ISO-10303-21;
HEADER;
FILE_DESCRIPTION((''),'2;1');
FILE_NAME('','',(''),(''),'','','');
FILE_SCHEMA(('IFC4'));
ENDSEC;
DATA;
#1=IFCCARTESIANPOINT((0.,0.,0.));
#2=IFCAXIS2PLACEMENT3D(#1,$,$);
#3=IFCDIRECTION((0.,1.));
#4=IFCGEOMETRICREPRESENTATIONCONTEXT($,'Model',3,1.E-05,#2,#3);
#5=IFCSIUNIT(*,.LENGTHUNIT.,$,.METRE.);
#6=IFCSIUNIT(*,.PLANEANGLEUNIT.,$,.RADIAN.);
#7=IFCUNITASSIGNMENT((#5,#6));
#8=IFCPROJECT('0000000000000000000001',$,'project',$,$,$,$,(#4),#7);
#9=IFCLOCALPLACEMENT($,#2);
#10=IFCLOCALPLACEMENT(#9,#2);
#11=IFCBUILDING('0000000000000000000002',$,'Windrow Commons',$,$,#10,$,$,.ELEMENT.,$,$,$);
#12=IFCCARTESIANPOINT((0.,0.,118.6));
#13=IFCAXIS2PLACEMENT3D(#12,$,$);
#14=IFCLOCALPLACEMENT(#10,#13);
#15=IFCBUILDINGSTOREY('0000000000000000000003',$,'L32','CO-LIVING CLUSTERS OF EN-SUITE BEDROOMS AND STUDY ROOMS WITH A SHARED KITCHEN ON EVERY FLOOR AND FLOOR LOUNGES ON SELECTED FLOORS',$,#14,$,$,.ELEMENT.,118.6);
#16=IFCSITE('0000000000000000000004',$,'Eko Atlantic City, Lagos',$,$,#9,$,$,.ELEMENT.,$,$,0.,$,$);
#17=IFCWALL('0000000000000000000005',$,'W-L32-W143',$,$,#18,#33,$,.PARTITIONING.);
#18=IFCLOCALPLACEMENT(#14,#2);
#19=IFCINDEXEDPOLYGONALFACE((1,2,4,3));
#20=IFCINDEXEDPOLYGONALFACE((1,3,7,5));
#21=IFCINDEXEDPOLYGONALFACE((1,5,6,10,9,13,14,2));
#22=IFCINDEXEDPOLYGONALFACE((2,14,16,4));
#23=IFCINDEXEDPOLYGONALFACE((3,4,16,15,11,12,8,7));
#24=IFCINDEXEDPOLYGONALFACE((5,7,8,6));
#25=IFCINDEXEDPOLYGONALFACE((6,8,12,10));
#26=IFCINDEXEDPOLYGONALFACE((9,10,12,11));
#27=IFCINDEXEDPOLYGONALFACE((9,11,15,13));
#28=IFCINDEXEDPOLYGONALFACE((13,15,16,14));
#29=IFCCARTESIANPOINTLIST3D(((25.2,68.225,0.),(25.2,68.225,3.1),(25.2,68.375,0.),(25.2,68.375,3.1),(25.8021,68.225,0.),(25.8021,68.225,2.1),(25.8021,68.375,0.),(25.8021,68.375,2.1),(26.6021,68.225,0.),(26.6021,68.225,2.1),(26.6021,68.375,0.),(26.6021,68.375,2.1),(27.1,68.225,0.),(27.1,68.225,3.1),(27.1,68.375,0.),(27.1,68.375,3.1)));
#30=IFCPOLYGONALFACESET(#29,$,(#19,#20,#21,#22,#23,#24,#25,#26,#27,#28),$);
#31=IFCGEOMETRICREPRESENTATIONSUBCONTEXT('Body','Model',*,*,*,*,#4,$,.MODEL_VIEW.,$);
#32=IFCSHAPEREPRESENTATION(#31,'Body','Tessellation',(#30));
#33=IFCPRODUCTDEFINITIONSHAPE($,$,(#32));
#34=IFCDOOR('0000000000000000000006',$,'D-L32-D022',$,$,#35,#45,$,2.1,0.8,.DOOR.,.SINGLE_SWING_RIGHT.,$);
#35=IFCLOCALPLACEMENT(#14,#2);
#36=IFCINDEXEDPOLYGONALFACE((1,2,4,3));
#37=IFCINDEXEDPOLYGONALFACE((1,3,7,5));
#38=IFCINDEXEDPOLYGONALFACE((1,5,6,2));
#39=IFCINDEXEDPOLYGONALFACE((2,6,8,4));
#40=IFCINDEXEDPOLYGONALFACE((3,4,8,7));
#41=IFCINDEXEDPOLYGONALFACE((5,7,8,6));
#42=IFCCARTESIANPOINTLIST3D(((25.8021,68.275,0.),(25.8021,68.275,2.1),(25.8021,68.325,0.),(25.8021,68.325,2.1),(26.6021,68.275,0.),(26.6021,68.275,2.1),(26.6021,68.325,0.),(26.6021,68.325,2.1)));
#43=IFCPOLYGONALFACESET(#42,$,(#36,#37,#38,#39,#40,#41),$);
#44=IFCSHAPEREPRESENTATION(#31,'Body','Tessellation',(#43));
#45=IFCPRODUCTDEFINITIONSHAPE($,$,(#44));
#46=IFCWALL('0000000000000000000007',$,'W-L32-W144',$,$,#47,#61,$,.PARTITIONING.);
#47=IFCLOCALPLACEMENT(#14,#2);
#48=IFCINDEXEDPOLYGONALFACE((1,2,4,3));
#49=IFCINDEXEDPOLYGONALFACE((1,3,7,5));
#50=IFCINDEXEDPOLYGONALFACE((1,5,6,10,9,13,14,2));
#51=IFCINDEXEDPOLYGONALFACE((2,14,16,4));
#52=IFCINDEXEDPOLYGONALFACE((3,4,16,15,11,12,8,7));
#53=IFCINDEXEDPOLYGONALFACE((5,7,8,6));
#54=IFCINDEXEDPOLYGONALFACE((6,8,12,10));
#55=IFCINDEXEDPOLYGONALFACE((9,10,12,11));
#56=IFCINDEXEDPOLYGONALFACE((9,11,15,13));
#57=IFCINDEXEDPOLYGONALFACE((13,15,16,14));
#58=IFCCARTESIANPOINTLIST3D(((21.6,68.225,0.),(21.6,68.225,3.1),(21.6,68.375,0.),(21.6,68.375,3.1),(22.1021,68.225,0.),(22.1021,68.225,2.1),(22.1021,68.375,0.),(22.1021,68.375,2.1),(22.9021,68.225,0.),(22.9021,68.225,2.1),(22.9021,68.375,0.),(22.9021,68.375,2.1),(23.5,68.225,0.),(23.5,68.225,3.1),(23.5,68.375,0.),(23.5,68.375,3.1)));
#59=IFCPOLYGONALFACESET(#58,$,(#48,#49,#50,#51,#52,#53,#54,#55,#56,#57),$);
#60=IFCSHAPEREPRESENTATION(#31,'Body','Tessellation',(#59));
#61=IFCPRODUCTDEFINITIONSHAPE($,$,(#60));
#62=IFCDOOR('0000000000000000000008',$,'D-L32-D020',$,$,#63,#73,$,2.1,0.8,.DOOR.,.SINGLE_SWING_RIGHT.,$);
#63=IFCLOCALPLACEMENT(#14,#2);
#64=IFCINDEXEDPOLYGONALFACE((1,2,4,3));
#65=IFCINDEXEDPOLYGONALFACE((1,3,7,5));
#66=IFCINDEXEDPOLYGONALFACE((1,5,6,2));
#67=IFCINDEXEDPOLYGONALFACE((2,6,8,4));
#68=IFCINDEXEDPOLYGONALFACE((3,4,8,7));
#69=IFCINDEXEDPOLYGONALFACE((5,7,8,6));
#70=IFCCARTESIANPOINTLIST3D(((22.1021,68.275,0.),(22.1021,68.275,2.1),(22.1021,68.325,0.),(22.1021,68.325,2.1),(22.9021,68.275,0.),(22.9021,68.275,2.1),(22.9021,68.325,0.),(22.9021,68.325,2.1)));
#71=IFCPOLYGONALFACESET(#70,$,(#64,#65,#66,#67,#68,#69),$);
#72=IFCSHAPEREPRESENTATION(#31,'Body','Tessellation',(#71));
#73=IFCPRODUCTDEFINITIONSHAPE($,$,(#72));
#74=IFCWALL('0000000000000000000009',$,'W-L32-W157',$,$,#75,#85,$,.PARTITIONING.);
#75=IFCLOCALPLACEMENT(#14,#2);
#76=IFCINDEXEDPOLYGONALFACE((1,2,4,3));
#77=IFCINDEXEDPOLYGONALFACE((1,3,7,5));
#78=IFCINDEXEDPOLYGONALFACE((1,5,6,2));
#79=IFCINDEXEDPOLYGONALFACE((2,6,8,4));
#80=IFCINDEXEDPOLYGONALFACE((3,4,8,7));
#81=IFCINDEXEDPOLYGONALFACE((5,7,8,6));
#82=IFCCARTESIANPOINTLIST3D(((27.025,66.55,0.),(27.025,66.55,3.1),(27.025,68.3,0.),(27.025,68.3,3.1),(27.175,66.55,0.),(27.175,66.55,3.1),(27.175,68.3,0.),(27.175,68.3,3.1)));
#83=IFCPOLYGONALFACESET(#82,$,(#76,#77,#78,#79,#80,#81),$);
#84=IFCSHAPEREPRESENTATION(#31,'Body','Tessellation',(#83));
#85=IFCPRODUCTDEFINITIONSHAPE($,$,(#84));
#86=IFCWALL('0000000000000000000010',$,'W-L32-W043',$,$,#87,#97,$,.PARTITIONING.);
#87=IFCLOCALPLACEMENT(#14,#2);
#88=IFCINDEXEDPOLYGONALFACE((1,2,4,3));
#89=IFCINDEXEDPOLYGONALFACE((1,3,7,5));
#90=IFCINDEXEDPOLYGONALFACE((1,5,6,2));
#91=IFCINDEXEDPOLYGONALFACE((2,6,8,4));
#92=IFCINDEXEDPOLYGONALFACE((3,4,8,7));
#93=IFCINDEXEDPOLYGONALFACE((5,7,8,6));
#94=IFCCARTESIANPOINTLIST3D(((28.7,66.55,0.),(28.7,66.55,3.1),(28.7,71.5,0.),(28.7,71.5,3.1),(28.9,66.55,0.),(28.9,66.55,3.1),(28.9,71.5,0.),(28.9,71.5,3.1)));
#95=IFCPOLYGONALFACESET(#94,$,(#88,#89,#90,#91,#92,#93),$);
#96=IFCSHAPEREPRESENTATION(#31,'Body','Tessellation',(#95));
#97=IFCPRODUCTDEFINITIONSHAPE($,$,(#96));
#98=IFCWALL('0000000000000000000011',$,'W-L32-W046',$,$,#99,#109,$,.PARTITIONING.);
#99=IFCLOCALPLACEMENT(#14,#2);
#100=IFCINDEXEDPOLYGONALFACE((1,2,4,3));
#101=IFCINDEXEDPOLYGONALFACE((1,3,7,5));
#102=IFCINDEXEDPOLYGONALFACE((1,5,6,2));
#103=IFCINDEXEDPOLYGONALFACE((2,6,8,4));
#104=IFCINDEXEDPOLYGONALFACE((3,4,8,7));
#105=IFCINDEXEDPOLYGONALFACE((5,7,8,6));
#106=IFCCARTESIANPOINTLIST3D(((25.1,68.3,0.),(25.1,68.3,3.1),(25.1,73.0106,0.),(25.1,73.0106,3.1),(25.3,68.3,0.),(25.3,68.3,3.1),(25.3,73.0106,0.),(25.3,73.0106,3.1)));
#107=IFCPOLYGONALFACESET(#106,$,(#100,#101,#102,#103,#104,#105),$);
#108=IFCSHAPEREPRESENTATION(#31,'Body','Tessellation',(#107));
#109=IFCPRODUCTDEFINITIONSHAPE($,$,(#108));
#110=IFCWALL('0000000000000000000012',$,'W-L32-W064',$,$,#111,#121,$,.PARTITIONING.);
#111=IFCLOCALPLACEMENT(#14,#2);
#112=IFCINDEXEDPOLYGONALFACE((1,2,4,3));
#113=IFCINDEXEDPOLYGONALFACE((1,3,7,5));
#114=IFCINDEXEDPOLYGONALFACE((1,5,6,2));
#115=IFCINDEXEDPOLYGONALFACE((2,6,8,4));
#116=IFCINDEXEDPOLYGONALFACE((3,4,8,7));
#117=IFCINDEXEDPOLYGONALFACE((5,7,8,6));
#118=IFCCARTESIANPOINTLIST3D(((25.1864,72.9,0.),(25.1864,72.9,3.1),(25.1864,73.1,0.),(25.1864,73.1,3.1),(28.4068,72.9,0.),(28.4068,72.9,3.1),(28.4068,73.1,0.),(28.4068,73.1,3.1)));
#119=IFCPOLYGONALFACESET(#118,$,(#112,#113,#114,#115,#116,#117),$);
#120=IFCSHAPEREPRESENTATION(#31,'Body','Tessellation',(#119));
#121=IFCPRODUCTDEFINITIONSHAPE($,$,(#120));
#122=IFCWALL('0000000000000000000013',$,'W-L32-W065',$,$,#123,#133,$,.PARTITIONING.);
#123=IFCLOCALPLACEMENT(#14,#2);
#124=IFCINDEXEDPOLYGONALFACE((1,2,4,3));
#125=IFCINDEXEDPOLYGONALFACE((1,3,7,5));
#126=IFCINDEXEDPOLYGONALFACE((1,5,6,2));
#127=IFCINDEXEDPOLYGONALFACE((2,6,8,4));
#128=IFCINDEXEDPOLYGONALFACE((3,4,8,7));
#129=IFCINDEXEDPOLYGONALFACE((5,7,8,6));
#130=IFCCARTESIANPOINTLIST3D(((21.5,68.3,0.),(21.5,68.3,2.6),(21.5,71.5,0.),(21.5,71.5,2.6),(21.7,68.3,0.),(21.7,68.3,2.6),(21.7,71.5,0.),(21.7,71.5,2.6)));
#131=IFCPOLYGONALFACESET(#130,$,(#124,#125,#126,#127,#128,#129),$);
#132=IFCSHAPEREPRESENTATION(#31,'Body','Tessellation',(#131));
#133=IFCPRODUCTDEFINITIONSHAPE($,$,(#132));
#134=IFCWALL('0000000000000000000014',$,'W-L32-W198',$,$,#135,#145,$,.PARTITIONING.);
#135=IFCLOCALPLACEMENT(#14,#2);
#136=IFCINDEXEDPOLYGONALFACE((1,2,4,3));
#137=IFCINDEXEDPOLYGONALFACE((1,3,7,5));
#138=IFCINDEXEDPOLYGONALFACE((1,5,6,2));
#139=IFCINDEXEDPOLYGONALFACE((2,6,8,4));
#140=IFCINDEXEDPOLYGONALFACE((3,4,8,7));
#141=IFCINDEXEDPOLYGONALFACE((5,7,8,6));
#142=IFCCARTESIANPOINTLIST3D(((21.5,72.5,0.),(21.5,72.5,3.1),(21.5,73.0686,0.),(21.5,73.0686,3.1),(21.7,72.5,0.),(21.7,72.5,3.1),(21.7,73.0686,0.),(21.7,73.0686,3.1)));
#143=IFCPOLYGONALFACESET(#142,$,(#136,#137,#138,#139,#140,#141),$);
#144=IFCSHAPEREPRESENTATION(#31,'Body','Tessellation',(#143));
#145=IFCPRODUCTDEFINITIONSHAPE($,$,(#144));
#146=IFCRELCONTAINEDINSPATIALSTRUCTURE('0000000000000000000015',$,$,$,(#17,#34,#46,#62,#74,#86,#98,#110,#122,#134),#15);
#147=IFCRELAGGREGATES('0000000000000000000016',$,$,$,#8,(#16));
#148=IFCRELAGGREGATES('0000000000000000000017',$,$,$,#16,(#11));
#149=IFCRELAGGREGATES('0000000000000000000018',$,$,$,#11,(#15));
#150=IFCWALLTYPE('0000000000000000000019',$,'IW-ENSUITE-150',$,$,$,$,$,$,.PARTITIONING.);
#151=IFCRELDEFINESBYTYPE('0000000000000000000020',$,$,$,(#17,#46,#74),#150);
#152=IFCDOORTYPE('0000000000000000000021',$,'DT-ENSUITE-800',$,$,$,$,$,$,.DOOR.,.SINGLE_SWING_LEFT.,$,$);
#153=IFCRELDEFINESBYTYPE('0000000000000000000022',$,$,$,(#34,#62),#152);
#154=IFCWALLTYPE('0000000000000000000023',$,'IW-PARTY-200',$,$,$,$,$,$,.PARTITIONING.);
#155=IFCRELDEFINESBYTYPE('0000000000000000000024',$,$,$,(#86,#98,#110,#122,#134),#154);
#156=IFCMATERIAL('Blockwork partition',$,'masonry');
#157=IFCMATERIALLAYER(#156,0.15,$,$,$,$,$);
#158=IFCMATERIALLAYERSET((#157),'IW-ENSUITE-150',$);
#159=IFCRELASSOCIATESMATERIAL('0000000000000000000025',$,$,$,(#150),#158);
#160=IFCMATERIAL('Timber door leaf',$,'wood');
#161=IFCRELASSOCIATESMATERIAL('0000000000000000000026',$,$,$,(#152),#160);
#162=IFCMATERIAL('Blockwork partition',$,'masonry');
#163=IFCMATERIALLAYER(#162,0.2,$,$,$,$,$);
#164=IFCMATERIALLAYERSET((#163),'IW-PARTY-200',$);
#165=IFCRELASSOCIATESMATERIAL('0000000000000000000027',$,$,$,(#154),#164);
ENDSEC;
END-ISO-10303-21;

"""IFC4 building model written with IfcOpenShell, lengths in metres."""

from ifc_helpers import new_model, si_unit, direction, frame, frame_2d, origin, place, context, subcontext, project, spatial, rectangle, extrude, material, layer, layer_set, type_object, element, fill, save


model = new_model("IFC4")

# Units and contexts
model_context = context("Model", 3, precision=1e-05, world=origin(), true_north=direction((0.0, 1.0)))
body_context = subcontext(model_context, "Body", "Model", "MODEL_VIEW")
ifc_project = project(units=[si_unit("LENGTHUNIT", "METRE"), si_unit("PLANEANGLEUNIT", "RADIAN")], contexts=[model_context])

# Site, building, storey
site_placement = place(None, origin())
site = spatial("IfcSite", under=ifc_project, at=site_placement, Name="Eko Atlantic City, Lagos", CompositionType="ELEMENT", RefElevation=0.0)
building_placement = place(site_placement, origin())
building = spatial("IfcBuilding", under=site, at=building_placement, Name="Windrow Commons", CompositionType="ELEMENT")
storey_placement = place(building_placement, frame((0.0, 0.0, 118.6)))
storey = spatial("IfcBuildingStorey", under=building, at=storey_placement, Name="L32", Description="CO-LIVING CLUSTERS OF EN-SUITE BEDROOMS AND STUDY ROOMS WITH A SHARED KITCHEN ON EVERY FLOOR AND FLOOR LOUNGES ON SELECTED FLOORS", CompositionType="ELEMENT", Elevation=118.6)

# Walls, openings, doors
ifc_material_1 = material(Name="Blockwork partition", Category="masonry")
ifc_layer_1 = layer(ifc_material_1, 0.15)
ifc_layer_set_1 = layer_set([ifc_layer_1], Name="IW-ENSUITE-150")
wall_type_1 = type_object("IfcWallType", Name="IW-ENSUITE-150", PredefinedType="PARTITIONING", material=ifc_layer_set_1)
wall_1_placement = place(storey_placement, frame((25.2, 68.3, 0.0), z_axis=(0.0, 0.0, 1.0), x_axis=(1.0, 0.0, 0.0)))
wall_1 = element("IfcWall", 1, at=wall_1_placement, inside=storey, type_object=wall_type_1, Name="W-L32-W143", PredefinedType="PARTITIONING", context=body_context, shape_type="SweptSolid", body=[
    extrude(rectangle(XDim=1.9, YDim=0.15, at=frame_2d((0.95, 0.0))), origin(), (0.0, 0.0, 1.0), 3.1),
])
opening_1_placement = place(wall_1_placement, frame((0.6021, 0.0, 0.0)))
opening_1 = element("IfcOpeningElement", 2, at=opening_1_placement, cuts=wall_1, PredefinedType="OPENING", context=body_context, shape_type="SweptSolid", body=[
    extrude(rectangle(XDim=0.8, YDim=2.1, at=frame_2d((0.4, 1.05))), frame((0.0, 0.085, 0.0), z_axis=(0.0, -1.0, 0.0), x_axis=(1.0, 0.0, 0.0)), (0.0, 0.0, 1.0), 0.17),
])
ifc_material_2 = material(Name="Timber door leaf", Category="wood")
door_type_1 = type_object("IfcDoorType", Name="DT-ENSUITE-800", OperationType="SINGLE_SWING_LEFT", PredefinedType="DOOR", material=ifc_material_2)
door_1_placement = place(opening_1_placement, origin())
door_1 = element("IfcDoor", 3, at=door_1_placement, inside=storey, type_object=door_type_1, Name="D-L32-D022", OperationType="SINGLE_SWING_RIGHT", OverallHeight=2.1, OverallWidth=0.8, PredefinedType="DOOR", context=body_context, shape_type="SweptSolid", body=[
    extrude(rectangle(XDim=0.8, YDim=2.1, at=frame_2d((0.4, 1.05))), frame((0.0, 0.025, 0.0), z_axis=(0.0, -1.0, 0.0), x_axis=(1.0, 0.0, 0.0)), (0.0, 0.0, 1.0), 0.05),
])
fill(opening_1, door_1)
wall_2_placement = place(storey_placement, frame((21.6, 68.3, 0.0), z_axis=(0.0, 0.0, 1.0), x_axis=(1.0, 0.0, 0.0)))
wall_2 = element("IfcWall", 4, at=wall_2_placement, inside=storey, type_object=wall_type_1, Name="W-L32-W144", PredefinedType="PARTITIONING", context=body_context, shape_type="SweptSolid", body=[
    extrude(rectangle(XDim=1.9, YDim=0.15, at=frame_2d((0.95, 0.0))), origin(), (0.0, 0.0, 1.0), 3.1),
])
opening_2_placement = place(wall_2_placement, frame((0.5021, 0.0, 0.0)))
opening_2 = element("IfcOpeningElement", 5, at=opening_2_placement, cuts=wall_2, PredefinedType="OPENING", context=body_context, shape_type="SweptSolid", body=[
    extrude(rectangle(XDim=0.8, YDim=2.1, at=frame_2d((0.4, 1.05))), frame((0.0, 0.085, 0.0), z_axis=(0.0, -1.0, 0.0), x_axis=(1.0, 0.0, 0.0)), (0.0, 0.0, 1.0), 0.17),
])
door_2_placement = place(opening_2_placement, origin())
door_2 = element("IfcDoor", 6, at=door_2_placement, inside=storey, type_object=door_type_1, Name="D-L32-D020", OperationType="SINGLE_SWING_RIGHT", OverallHeight=2.1, OverallWidth=0.8, PredefinedType="DOOR", context=body_context, shape_type="SweptSolid", body=[
    extrude(rectangle(XDim=0.8, YDim=2.1, at=frame_2d((0.4, 1.05))), frame((0.0, 0.025, 0.0), z_axis=(0.0, -1.0, 0.0), x_axis=(1.0, 0.0, 0.0)), (0.0, 0.0, 1.0), 0.05),
])
fill(opening_2, door_2)

# Walls
wall_3_placement = place(storey_placement, frame((27.1, 66.55, 0.0), z_axis=(0.0, 0.0, 1.0), x_axis=(0.0, 1.0, 0.0)))
element("IfcWall", 7, at=wall_3_placement, inside=storey, type_object=wall_type_1, Name="W-L32-W157", PredefinedType="PARTITIONING", context=body_context, shape_type="SweptSolid", body=[
    extrude(rectangle(XDim=1.75, YDim=0.15, at=frame_2d((0.875, 0.0))), origin(), (0.0, 0.0, 1.0), 3.1),
])
ifc_material_3 = material(Name="Blockwork partition", Category="masonry")
ifc_layer_2 = layer(ifc_material_3, 0.2)
ifc_layer_set_2 = layer_set([ifc_layer_2], Name="IW-PARTY-200")
wall_type_2 = type_object("IfcWallType", Name="IW-PARTY-200", PredefinedType="PARTITIONING", material=ifc_layer_set_2)
wall_4_placement = place(storey_placement, frame((28.8, 66.55, 0.0), z_axis=(0.0, 0.0, 1.0), x_axis=(0.0, 1.0, 0.0)))
element("IfcWall", 8, at=wall_4_placement, inside=storey, type_object=wall_type_2, Name="W-L32-W043", PredefinedType="PARTITIONING", context=body_context, shape_type="SweptSolid", body=[
    extrude(rectangle(XDim=4.95, YDim=0.2, at=frame_2d((2.475, 0.0))), origin(), (0.0, 0.0, 1.0), 3.1),
])
wall_5_placement = place(storey_placement, frame((25.2, 68.3, 0.0), z_axis=(0.0, 0.0, 1.0), x_axis=(0.0, 1.0, 0.0)))
element("IfcWall", 9, at=wall_5_placement, inside=storey, type_object=wall_type_2, Name="W-L32-W046", PredefinedType="PARTITIONING", context=body_context, shape_type="SweptSolid", body=[
    extrude(rectangle(XDim=4.7106, YDim=0.2, at=frame_2d((2.3553, 0.0))), origin(), (0.0, 0.0, 1.0), 3.1),
])
wall_6_placement = place(storey_placement, frame((25.1864, 73.0, 0.0), z_axis=(0.0, 0.0, 1.0), x_axis=(1.0, 0.0, 0.0)))
element("IfcWall", 10, at=wall_6_placement, inside=storey, type_object=wall_type_2, Name="W-L32-W064", PredefinedType="PARTITIONING", context=body_context, shape_type="SweptSolid", body=[
    extrude(rectangle(XDim=3.2204, YDim=0.2, at=frame_2d((1.6102, 0.0))), origin(), (0.0, 0.0, 1.0), 3.1),
])
wall_7_placement = place(storey_placement, frame((21.6, 68.3, 0.0), z_axis=(0.0, 0.0, 1.0), x_axis=(0.0, 1.0, 0.0)))
element("IfcWall", 11, at=wall_7_placement, inside=storey, type_object=wall_type_2, Name="W-L32-W065", PredefinedType="PARTITIONING", context=body_context, shape_type="SweptSolid", body=[
    extrude(rectangle(XDim=3.2, YDim=0.2, at=frame_2d((1.6, 0.0))), origin(), (0.0, 0.0, 1.0), 2.6),
])
wall_8_placement = place(storey_placement, frame((21.6, 72.5, 0.0), z_axis=(0.0, 0.0, 1.0), x_axis=(0.0, 1.0, 0.0)))
element("IfcWall", 12, at=wall_8_placement, inside=storey, type_object=wall_type_2, Name="W-L32-W198", PredefinedType="PARTITIONING", context=body_context, shape_type="SweptSolid", body=[
    extrude(rectangle(XDim=0.5686, YDim=0.2, at=frame_2d((0.2843, 0.0))), origin(), (0.0, 0.0, 1.0), 3.1),
])

save(model, "model.ifc")
